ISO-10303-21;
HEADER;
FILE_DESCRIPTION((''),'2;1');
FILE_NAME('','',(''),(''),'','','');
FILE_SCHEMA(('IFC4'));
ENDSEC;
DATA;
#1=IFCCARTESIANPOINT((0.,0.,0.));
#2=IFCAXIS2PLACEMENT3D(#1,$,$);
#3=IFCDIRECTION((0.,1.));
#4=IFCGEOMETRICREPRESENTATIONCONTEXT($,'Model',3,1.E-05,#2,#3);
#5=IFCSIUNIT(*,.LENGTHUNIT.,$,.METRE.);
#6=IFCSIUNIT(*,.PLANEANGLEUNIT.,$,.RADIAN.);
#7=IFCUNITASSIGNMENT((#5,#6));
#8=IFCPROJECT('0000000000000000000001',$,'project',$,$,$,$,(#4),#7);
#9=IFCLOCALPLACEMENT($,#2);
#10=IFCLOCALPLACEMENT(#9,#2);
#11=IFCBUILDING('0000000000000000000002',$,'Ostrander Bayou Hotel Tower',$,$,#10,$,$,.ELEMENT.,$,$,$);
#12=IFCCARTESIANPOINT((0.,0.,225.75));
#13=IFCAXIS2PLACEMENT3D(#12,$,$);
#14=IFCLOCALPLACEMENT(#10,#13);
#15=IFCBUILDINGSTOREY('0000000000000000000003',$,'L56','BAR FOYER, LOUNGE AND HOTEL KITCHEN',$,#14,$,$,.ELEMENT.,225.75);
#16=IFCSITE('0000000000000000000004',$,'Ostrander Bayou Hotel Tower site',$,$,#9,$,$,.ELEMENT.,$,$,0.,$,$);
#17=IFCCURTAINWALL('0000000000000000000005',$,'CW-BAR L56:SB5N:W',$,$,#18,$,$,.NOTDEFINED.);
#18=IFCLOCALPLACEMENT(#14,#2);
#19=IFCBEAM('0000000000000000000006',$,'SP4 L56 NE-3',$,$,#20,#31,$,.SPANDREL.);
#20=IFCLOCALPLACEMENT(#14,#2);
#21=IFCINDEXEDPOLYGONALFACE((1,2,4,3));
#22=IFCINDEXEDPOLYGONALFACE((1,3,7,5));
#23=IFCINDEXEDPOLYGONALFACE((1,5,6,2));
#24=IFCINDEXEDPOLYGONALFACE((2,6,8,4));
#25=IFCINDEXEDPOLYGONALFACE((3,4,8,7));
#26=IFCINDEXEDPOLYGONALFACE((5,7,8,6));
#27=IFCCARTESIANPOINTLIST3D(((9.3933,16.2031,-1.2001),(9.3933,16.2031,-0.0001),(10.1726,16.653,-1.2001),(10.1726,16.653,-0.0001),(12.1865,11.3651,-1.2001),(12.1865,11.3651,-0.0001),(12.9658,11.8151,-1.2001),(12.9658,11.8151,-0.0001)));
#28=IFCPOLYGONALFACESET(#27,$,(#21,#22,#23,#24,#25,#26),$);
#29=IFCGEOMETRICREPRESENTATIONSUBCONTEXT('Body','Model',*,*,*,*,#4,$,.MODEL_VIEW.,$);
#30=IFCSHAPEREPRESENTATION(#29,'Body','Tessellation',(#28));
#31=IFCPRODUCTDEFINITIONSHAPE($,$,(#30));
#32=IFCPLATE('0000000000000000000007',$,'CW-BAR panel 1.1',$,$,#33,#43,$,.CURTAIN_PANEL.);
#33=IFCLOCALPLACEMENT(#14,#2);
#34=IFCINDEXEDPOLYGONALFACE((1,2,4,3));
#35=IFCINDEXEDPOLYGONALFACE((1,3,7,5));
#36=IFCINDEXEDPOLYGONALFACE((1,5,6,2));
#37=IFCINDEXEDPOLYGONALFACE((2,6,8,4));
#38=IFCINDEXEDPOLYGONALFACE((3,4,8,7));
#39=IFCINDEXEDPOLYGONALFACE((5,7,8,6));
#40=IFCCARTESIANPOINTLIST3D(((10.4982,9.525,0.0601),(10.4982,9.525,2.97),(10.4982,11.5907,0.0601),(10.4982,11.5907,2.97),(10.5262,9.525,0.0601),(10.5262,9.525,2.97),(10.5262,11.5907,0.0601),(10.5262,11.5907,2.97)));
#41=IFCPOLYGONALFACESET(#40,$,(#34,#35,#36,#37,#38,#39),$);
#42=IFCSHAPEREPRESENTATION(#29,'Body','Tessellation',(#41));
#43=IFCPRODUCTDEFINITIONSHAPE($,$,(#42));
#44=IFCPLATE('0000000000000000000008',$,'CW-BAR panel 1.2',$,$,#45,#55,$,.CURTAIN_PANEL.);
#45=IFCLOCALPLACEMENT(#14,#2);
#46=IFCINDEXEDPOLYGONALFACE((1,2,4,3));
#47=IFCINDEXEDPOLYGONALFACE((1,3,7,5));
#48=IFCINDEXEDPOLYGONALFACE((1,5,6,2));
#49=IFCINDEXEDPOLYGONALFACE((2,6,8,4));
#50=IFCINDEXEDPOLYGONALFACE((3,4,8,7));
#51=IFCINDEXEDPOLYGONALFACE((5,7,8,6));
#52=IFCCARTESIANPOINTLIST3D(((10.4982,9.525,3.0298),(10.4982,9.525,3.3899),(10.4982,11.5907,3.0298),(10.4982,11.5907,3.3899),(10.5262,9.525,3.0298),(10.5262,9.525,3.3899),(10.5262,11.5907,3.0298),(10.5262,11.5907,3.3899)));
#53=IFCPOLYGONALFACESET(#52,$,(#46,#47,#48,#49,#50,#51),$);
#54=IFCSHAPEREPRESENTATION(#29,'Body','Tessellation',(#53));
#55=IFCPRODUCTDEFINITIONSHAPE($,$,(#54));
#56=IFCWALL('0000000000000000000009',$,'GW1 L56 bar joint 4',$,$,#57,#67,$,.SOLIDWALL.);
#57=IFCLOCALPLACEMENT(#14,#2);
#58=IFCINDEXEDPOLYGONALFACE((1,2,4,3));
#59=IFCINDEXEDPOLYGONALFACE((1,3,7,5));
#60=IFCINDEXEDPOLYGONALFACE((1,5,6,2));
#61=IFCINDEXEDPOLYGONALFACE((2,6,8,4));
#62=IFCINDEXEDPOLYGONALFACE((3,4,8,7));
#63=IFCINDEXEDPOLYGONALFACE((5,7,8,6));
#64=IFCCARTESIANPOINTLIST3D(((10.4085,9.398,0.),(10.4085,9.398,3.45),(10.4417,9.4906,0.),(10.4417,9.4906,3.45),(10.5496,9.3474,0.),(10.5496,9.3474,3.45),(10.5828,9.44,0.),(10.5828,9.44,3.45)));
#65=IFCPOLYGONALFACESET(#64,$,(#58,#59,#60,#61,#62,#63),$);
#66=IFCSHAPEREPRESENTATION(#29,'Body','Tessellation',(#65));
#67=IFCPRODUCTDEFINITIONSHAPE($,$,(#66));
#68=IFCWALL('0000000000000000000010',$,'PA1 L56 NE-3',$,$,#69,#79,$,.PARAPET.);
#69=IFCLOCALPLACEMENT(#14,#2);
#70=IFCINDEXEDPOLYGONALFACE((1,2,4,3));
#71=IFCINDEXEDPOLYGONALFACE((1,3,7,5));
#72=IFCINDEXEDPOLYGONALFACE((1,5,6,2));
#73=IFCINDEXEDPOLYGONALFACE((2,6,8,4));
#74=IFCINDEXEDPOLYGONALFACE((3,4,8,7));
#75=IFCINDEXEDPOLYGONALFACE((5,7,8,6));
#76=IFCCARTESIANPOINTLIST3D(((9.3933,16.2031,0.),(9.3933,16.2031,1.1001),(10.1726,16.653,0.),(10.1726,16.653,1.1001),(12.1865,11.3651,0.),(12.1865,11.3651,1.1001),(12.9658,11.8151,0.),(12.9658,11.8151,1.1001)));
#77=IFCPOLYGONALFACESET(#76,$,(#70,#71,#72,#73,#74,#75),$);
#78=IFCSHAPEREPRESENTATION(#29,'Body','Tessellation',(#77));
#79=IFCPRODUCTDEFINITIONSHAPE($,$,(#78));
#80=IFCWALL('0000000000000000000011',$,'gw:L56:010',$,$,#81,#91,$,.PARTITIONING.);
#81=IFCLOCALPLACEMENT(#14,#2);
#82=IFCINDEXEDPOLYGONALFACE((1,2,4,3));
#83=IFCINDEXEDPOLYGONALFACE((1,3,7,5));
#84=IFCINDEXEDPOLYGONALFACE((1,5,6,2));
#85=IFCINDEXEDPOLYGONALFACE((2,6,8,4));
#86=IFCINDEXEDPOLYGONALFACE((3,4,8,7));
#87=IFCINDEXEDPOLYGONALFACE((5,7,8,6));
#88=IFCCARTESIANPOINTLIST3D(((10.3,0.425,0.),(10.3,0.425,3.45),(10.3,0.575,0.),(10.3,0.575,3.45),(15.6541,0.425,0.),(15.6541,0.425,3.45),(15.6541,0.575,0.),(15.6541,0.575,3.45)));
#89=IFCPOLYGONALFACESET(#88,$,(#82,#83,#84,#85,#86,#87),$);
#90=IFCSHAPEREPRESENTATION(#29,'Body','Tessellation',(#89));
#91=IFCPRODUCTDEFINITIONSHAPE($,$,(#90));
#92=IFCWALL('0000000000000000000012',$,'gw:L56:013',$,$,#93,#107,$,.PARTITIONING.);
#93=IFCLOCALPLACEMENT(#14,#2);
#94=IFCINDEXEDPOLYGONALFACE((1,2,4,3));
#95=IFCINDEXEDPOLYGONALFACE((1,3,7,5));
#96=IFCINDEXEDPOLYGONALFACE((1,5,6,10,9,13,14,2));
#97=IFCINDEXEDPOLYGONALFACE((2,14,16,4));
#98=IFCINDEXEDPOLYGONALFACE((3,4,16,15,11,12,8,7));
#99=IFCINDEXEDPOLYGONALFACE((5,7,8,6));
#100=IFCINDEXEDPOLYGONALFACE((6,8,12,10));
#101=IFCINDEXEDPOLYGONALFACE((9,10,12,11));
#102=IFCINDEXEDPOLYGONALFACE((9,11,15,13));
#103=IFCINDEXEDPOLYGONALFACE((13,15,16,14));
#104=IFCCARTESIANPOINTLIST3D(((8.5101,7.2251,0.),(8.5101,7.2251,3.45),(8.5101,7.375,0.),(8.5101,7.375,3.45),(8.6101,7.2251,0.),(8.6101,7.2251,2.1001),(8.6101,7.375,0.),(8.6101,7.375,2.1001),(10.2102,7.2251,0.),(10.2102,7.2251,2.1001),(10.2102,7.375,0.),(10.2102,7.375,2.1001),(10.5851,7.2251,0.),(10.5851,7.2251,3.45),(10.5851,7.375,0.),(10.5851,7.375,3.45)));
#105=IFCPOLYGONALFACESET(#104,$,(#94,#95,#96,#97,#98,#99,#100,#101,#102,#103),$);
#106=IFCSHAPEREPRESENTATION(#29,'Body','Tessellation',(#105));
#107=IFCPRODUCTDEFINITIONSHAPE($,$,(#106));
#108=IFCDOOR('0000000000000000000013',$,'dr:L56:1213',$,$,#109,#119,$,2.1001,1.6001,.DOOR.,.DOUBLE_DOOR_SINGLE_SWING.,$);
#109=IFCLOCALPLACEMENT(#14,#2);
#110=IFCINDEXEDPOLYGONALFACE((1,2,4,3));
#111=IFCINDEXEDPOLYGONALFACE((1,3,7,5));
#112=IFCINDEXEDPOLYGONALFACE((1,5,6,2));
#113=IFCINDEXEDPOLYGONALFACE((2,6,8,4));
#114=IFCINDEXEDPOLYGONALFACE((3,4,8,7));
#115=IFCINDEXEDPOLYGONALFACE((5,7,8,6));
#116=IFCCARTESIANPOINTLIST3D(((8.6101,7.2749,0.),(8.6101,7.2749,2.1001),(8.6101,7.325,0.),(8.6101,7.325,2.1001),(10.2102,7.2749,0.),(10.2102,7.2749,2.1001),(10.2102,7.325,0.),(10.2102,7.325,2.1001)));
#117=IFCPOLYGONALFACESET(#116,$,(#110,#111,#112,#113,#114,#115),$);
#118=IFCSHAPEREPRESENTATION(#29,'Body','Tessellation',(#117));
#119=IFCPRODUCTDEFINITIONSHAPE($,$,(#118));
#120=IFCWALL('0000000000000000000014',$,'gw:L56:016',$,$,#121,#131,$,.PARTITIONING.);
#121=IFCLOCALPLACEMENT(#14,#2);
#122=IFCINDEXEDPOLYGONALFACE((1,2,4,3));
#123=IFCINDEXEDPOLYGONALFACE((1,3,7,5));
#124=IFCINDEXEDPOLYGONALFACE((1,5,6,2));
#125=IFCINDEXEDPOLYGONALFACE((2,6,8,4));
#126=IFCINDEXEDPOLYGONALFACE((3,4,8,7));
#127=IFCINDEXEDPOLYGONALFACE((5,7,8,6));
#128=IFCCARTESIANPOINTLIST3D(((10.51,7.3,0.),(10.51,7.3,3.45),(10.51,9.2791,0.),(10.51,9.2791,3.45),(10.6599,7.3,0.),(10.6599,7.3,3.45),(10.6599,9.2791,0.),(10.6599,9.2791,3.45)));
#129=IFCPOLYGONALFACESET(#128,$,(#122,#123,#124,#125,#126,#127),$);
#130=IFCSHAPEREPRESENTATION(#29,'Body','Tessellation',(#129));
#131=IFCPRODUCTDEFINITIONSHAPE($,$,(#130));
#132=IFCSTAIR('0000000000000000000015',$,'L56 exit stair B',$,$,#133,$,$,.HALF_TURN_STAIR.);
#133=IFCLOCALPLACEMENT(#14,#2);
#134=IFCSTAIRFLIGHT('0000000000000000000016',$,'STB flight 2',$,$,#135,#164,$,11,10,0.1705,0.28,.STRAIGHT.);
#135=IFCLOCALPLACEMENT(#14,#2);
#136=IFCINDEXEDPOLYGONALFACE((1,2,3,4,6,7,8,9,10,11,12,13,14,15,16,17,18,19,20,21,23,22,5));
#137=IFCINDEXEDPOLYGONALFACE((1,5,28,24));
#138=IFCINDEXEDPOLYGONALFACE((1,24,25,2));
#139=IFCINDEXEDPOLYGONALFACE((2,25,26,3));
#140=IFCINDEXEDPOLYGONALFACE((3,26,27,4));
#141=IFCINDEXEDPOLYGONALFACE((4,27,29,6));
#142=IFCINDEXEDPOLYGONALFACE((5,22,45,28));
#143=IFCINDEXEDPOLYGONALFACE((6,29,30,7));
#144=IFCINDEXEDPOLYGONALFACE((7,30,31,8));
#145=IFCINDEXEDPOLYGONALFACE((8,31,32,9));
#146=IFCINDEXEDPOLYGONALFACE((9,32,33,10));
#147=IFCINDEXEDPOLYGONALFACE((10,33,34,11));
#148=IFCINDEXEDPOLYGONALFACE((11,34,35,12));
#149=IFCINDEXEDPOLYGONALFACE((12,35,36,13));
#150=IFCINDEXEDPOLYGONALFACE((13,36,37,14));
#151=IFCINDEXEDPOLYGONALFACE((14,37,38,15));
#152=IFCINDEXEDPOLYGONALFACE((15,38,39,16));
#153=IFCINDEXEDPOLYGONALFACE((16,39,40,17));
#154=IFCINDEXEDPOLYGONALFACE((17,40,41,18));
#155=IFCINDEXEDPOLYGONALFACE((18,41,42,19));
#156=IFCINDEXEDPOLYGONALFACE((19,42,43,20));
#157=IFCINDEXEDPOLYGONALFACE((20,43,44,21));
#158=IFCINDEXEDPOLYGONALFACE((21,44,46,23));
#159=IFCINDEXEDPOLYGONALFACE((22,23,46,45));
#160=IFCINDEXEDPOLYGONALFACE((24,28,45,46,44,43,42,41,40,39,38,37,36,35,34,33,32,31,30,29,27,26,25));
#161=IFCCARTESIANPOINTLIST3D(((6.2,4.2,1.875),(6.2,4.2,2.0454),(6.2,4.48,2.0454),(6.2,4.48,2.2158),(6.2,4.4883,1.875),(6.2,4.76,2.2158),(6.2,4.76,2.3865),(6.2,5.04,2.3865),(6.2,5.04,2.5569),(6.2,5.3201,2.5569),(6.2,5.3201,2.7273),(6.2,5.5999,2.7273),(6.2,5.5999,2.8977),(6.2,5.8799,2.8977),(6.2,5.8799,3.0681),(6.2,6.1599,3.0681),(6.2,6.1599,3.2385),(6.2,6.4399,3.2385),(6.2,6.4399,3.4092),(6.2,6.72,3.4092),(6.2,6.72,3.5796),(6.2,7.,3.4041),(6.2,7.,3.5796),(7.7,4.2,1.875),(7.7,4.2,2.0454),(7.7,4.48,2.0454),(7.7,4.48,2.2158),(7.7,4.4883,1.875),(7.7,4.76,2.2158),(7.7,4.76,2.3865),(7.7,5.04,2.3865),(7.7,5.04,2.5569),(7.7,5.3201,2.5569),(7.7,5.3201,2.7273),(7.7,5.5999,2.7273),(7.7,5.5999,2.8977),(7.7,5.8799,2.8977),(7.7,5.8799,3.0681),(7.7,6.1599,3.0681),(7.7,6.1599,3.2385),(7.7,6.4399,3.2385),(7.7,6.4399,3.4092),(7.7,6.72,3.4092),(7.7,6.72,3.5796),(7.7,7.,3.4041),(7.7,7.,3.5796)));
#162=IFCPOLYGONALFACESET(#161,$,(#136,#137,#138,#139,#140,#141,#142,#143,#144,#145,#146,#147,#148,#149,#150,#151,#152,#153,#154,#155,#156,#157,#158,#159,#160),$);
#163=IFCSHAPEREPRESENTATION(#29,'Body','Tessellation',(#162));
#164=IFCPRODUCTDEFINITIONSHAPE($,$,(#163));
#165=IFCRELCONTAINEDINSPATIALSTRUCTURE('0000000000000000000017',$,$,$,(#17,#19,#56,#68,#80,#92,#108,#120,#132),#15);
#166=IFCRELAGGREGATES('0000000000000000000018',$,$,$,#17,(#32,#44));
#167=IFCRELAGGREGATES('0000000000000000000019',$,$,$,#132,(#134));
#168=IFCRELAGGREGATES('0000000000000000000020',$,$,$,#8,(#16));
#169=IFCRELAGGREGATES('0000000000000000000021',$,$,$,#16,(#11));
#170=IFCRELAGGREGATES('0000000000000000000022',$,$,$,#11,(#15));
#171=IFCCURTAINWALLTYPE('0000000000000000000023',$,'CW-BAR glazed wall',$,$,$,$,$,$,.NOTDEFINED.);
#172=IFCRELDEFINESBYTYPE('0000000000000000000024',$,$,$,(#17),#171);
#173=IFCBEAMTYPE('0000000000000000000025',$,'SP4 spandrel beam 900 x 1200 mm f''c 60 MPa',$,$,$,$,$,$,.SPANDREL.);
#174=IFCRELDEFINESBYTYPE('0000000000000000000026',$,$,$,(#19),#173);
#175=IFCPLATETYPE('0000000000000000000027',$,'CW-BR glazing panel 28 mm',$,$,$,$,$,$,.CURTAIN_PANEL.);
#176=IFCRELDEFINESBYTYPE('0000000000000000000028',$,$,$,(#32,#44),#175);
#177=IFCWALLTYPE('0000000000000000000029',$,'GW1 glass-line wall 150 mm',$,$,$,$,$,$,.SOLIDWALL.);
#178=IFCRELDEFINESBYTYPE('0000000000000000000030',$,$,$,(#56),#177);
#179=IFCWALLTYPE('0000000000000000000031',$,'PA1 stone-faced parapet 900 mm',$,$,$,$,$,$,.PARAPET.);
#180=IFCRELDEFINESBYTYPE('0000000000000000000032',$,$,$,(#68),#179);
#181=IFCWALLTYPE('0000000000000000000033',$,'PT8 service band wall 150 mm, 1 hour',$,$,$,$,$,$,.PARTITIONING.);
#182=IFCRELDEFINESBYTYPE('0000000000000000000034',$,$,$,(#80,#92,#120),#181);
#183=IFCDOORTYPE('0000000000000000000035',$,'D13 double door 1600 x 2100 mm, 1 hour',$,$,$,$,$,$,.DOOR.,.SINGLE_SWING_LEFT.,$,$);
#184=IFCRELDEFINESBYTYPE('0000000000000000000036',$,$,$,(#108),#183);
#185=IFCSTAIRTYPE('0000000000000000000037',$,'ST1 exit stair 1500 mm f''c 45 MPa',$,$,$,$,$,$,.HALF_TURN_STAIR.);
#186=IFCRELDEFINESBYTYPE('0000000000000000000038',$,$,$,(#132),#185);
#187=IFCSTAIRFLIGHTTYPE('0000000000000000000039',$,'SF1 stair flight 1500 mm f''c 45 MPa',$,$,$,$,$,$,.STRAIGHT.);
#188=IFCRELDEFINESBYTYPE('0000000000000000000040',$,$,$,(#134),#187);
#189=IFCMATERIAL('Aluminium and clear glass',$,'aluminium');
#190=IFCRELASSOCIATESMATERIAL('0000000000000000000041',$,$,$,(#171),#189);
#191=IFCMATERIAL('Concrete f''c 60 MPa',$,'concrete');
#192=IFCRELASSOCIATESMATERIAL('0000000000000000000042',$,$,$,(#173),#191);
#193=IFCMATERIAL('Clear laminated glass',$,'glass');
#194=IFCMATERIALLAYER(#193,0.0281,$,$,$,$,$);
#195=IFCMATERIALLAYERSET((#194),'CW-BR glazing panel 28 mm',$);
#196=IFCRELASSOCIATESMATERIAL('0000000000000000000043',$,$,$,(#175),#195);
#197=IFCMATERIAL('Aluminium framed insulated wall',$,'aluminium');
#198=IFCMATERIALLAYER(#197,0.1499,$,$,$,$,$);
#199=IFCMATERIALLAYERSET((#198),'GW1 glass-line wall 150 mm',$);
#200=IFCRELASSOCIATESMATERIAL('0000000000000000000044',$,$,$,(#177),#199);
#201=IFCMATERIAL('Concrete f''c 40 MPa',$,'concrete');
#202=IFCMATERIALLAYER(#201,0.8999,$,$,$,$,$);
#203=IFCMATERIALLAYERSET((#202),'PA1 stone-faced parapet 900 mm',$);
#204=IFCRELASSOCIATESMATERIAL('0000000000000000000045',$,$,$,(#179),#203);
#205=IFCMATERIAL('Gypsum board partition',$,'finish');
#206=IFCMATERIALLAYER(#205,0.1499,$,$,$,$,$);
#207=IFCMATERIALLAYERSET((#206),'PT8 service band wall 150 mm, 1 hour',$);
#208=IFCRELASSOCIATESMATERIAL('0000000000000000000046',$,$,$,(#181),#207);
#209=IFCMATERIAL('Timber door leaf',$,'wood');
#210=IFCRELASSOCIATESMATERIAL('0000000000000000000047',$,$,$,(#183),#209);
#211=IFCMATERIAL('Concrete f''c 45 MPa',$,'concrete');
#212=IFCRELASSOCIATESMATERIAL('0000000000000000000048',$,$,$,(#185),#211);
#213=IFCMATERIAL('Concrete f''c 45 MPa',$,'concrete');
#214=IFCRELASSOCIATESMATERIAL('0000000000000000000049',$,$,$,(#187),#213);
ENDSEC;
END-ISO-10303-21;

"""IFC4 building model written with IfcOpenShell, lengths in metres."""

from ifc_helpers import new_model, si_unit, direction, frame, frame_2d, origin, origin_2d, place, context, subcontext, project, spatial, polyline, rectangle, outline, extrude, material, layer, layer_set, material_profile, profile_set, type_object, element, fill, aggregate, save


model = new_model("IFC4")

# Units and contexts
model_context = context("Model", 3, precision=1e-05, world=origin(), true_north=direction((0.0, 1.0)))
body_context = subcontext(model_context, "Body", "Model", "MODEL_VIEW")
ifc_project = project(units=[si_unit("LENGTHUNIT", "METRE"), si_unit("PLANEANGLEUNIT", "RADIAN")], contexts=[model_context])

# Site, building, storey
site_placement = place(None, origin())
site = spatial("IfcSite", under=ifc_project, at=site_placement, Name="Ostrander Bayou Hotel Tower site", CompositionType="ELEMENT", RefElevation=0.0)
building_placement = place(site_placement, origin())
building = spatial("IfcBuilding", under=site, at=building_placement, Name="Ostrander Bayou Hotel Tower", CompositionType="ELEMENT")
storey_placement = place(building_placement, frame((0.0, 0.0, 225.75)))
storey = spatial("IfcBuildingStorey", under=building, at=storey_placement, Name="L56", Description="BAR FOYER, LOUNGE AND HOTEL KITCHEN", CompositionType="ELEMENT", Elevation=225.75)

# Curtain wall
ifc_material_1 = material(Name="Aluminium and clear glass", Category="aluminium")
curtain_wall_type = type_object("IfcCurtainWallType", Name="CW-BAR glazed wall", PredefinedType="NOTDEFINED", material=ifc_material_1)
curtain_wall_placement = place(storey_placement, origin())
curtain_wall = element("IfcCurtainWall", 1, at=curtain_wall_placement, inside=storey, type_object=curtain_wall_type, Name="CW-BAR L56:SB5N:W", PredefinedType="NOTDEFINED")

# Beam
ifc_material_2 = material(Name="Concrete f'c 60 MPa", Category="concrete")
ifc_material_profile_1 = material_profile(ifc_material_2, rectangle(XDim=0.8999, YDim=1.2, at=origin_2d()))
ifc_profile_set_1 = profile_set([ifc_material_profile_1], Name="Concrete f'c 60 MPa")
beam_type_1 = type_object("IfcBeamType", Name="SP4 spandrel beam 900 x 1200 mm f'c 60 MPa", PredefinedType="SPANDREL", material=ifc_profile_set_1)
beam_1_placement = place(storey_placement, frame((12.5762, 11.5901, -0.6001), z_axis=(-0.500007, 0.866021, 0.0), x_axis=(-0.866021, -0.500007, 0.0)))
element("IfcBeam", 2, at=beam_1_placement, inside=storey, type_object=beam_type_1, Name="SP4 L56 NE-3", PredefinedType="SPANDREL", context=body_context, shape_type="SweptSolid", body=[
    extrude(rectangle(XDim=0.8999, YDim=1.2, at=origin_2d()), origin(), (0.0, 0.0, 1.0), 5.5864),
])

# Plates
ifc_material_3 = material(Name="Clear laminated glass", Category="glass")
ifc_layer_1 = layer(ifc_material_3, 0.0281)
ifc_layer_set_1 = layer_set([ifc_layer_1], Name="CW-BR glazing panel 28 mm")
plate_type = type_object("IfcPlateType", Name="CW-BR glazing panel 28 mm", PredefinedType="CURTAIN_PANEL", material=ifc_layer_set_1)
plate_1_placement = place(storey_placement, frame((10.5122, 10.5579, 0.0601), z_axis=(0.0, 0.0, 1.0), x_axis=(0.0, 1.0, 0.0)))
plate_1 = element("IfcPlate", 3, at=plate_1_placement, type_object=plate_type, Name="CW-BAR panel 1.1", PredefinedType="CURTAIN_PANEL", context=body_context, shape_type="SweptSolid", body=[
    extrude(rectangle(XDim=2.0657, YDim=0.0281, at=origin_2d()), origin(), (0.0, 0.0, 1.0), 2.9099),
])
plate_2_placement = place(storey_placement, frame((10.5122, 10.5579, 3.0298), z_axis=(0.0, 0.0, 1.0), x_axis=(0.0, 1.0, 0.0)))
plate_2 = element("IfcPlate", 4, at=plate_2_placement, type_object=plate_type, Name="CW-BAR panel 1.2", PredefinedType="CURTAIN_PANEL", context=body_context, shape_type="SweptSolid", body=[
    extrude(rectangle(XDim=2.0657, YDim=0.0281, at=origin_2d()), origin(), (0.0, 0.0, 1.0), 0.3601),
])
aggregate(curtain_wall, [plate_1, plate_2])

# Walls
ifc_material_4 = material(Name="Aluminium framed insulated wall", Category="aluminium")
ifc_layer_2 = layer(ifc_material_4, 0.1499)
ifc_layer_set_2 = layer_set([ifc_layer_2], Name="GW1 glass-line wall 150 mm")
wall_type_1 = type_object("IfcWallType", Name="GW1 glass-line wall 150 mm", PredefinedType="SOLIDWALL", material=ifc_layer_set_2)
wall_1_placement = place(storey_placement, frame((10.479, 9.3726, 0.0), z_axis=(0.0, 0.0, 1.0), x_axis=(0.337752, 0.941235, 0.0)))
element("IfcWall", 5, at=wall_1_placement, inside=storey, type_object=wall_type_1, Name="GW1 L56 bar joint 4", PredefinedType="SOLIDWALL", context=body_context, shape_type="SweptSolid", body=[
    extrude(rectangle(XDim=0.0984, YDim=0.1499, at=frame_2d((0.0493, 0.0))), origin(), (0.0, 0.0, 1.0), 3.45),
])
ifc_material_5 = material(Name="Concrete f'c 40 MPa", Category="concrete")
ifc_layer_3 = layer(ifc_material_5, 0.8999)
ifc_layer_set_3 = layer_set([ifc_layer_3], Name="PA1 stone-faced parapet 900 mm")
wall_type_2 = type_object("IfcWallType", Name="PA1 stone-faced parapet 900 mm", PredefinedType="PARAPET", material=ifc_layer_set_3)
wall_2_placement = place(storey_placement, frame((12.5762, 11.5901, 0.0), z_axis=(0.0, 0.0, 1.0), x_axis=(-0.500007, 0.866021, 0.0)))
element("IfcWall", 6, at=wall_2_placement, inside=storey, type_object=wall_type_2, Name="PA1 L56 NE-3", PredefinedType="PARAPET", context=body_context, shape_type="SweptSolid", body=[
    extrude(rectangle(XDim=5.5864, YDim=0.8999, at=frame_2d((2.7932, 0.0))), origin(), (0.0, 0.0, 1.0), 1.1001),
])

# Wall
ifc_material_6 = material(Name="Gypsum board partition", Category="finish")
ifc_layer_4 = layer(ifc_material_6, 0.1499)
ifc_layer_set_4 = layer_set([ifc_layer_4], Name="PT8 service band wall 150 mm, 1 hour")
wall_type_3 = type_object("IfcWallType", Name="PT8 service band wall 150 mm, 1 hour", PredefinedType="PARTITIONING", material=ifc_layer_set_4)
wall_3_placement = place(storey_placement, frame((10.3, 0.5, 0.0), z_axis=(0.0, 0.0, 1.0), x_axis=(1.0, 0.0, 0.0)))
element("IfcWall", 7, at=wall_3_placement, inside=storey, type_object=wall_type_3, Name="gw:L56:010", PredefinedType="PARTITIONING", context=body_context, shape_type="SweptSolid", body=[
    extrude(rectangle(XDim=5.354, YDim=0.1499, at=frame_2d((2.677, 0.0))), origin(), (0.0, 0.0, 1.0), 3.45),
])

# Wall, opening, door
wall_4_placement = place(storey_placement, frame((8.51, 7.3, 0.0), z_axis=(0.0, 0.0, 1.0), x_axis=(1.0, 0.0, 0.0)))
wall_4 = element("IfcWall", 8, at=wall_4_placement, inside=storey, type_object=wall_type_3, Name="gw:L56:013", PredefinedType="PARTITIONING", context=body_context, shape_type="SweptSolid", body=[
    extrude(rectangle(XDim=2.075, YDim=0.1499, at=frame_2d((1.0376, 0.0))), origin(), (0.0, 0.0, 1.0), 3.45),
])
opening_1_placement = place(wall_4_placement, frame((0.1001, 0.0, 0.0)))
opening_1 = element("IfcOpeningElement", 9, at=opening_1_placement, cuts=wall_4, PredefinedType="OPENING", context=body_context, shape_type="SweptSolid", body=[
    extrude(rectangle(XDim=1.6001, YDim=2.1001, at=frame_2d((0.8, 1.05))), frame((0.0, 0.075, 0.0), z_axis=(0.0, -1.0, 0.0), x_axis=(1.0, 0.0, 0.0)), (0.0, 0.0, 1.0), 0.1499),
])
ifc_material_7 = material(Name="Timber door leaf", Category="wood")
door_type_1 = type_object("IfcDoorType", Name="D13 double door 1600 x 2100 mm, 1 hour", OperationType="SINGLE_SWING_LEFT", PredefinedType="DOOR", material=ifc_material_7)
door_1_placement = place(opening_1_placement, origin())
door_1 = element("IfcDoor", 10, at=door_1_placement, inside=storey, type_object=door_type_1, Name="dr:L56:1213", OperationType="DOUBLE_DOOR_SINGLE_SWING", OverallHeight=2.1001, OverallWidth=1.6001, PredefinedType="DOOR", context=body_context, shape_type="SweptSolid", body=[
    extrude(rectangle(XDim=1.6001, YDim=2.1001, at=frame_2d((0.8, 1.05))), frame((0.0, 0.0249, 0.0), z_axis=(0.0, -1.0, 0.0), x_axis=(1.0, 0.0, 0.0)), (0.0, 0.0, 1.0), 0.05),
])
fill(opening_1, door_1)

# Wall
wall_5_placement = place(storey_placement, frame((10.585, 7.3, 0.0), z_axis=(0.0, 0.0, 1.0), x_axis=(0.0, 1.0, 0.0)))
element("IfcWall", 11, at=wall_5_placement, inside=storey, type_object=wall_type_3, Name="gw:L56:016", PredefinedType="PARTITIONING", context=body_context, shape_type="SweptSolid", body=[
    extrude(rectangle(XDim=1.979, YDim=0.1499, at=frame_2d((0.9895, 0.0))), origin(), (0.0, 0.0, 1.0), 3.45),
])

# Stair, stair flight
ifc_material_8 = material(Name="Concrete f'c 45 MPa", Category="concrete")
stair_type = type_object("IfcStairType", Name="ST1 exit stair 1500 mm f'c 45 MPa", PredefinedType="HALF_TURN_STAIR", material=ifc_material_8)
stair_placement = place(storey_placement, origin())
stair = element("IfcStair", 12, at=stair_placement, inside=storey, type_object=stair_type, Name="L56 exit stair B", PredefinedType="HALF_TURN_STAIR")
ifc_material_9 = material(Name="Concrete f'c 45 MPa", Category="concrete")
stair_flight_type = type_object("IfcStairFlightType", Name="SF1 stair flight 1500 mm f'c 45 MPa", PredefinedType="STRAIGHT", material=ifc_material_9)
stair_flight_placement = place(storey_placement, frame((6.95, 4.2, 1.875), z_axis=(0.0, 0.0, 1.0), x_axis=(0.0, 1.0, 0.0)))
stair_flight = element("IfcStairFlight", 13, at=stair_flight_placement, type_object=stair_flight_type, Name="STB flight 2", NumberOfRisers=11, NumberOfTreads=10, PredefinedType="STRAIGHT", RiserHeight=0.1705, TreadLength=0.28, context=body_context, shape_type="SweptSolid", body=[
    extrude(outline(polyline([(0.0, 0.0), (0.0, 0.1704), (0.28, 0.1704), (0.28, 0.3408), (0.5601, 0.3408), (0.5601, 0.5115), (0.8401, 0.5115), (0.8401, 0.6819), (1.1201, 0.6819), (1.1201, 0.8523), (1.3999, 0.8523), (1.3999, 1.0227), (1.6799, 1.0227), (1.6799, 1.1931), (1.96, 1.1931), (1.96, 1.3635), (2.24, 1.3635), (2.24, 1.5342), (2.52, 1.5342), (2.52, 1.7046), (2.8, 1.7046), (2.8, 1.875), (2.8, 1.5291), (0.2883, 0.0), (0.0, 0.0)])), frame((0.0, 0.75, 0.0), z_axis=(0.0, -1.0, 0.0), x_axis=(1.0, 0.0, 0.0)), (0.0, 0.0, 1.0), 1.5),
])
aggregate(stair, [stair_flight])

save(model, "model.ifc")
